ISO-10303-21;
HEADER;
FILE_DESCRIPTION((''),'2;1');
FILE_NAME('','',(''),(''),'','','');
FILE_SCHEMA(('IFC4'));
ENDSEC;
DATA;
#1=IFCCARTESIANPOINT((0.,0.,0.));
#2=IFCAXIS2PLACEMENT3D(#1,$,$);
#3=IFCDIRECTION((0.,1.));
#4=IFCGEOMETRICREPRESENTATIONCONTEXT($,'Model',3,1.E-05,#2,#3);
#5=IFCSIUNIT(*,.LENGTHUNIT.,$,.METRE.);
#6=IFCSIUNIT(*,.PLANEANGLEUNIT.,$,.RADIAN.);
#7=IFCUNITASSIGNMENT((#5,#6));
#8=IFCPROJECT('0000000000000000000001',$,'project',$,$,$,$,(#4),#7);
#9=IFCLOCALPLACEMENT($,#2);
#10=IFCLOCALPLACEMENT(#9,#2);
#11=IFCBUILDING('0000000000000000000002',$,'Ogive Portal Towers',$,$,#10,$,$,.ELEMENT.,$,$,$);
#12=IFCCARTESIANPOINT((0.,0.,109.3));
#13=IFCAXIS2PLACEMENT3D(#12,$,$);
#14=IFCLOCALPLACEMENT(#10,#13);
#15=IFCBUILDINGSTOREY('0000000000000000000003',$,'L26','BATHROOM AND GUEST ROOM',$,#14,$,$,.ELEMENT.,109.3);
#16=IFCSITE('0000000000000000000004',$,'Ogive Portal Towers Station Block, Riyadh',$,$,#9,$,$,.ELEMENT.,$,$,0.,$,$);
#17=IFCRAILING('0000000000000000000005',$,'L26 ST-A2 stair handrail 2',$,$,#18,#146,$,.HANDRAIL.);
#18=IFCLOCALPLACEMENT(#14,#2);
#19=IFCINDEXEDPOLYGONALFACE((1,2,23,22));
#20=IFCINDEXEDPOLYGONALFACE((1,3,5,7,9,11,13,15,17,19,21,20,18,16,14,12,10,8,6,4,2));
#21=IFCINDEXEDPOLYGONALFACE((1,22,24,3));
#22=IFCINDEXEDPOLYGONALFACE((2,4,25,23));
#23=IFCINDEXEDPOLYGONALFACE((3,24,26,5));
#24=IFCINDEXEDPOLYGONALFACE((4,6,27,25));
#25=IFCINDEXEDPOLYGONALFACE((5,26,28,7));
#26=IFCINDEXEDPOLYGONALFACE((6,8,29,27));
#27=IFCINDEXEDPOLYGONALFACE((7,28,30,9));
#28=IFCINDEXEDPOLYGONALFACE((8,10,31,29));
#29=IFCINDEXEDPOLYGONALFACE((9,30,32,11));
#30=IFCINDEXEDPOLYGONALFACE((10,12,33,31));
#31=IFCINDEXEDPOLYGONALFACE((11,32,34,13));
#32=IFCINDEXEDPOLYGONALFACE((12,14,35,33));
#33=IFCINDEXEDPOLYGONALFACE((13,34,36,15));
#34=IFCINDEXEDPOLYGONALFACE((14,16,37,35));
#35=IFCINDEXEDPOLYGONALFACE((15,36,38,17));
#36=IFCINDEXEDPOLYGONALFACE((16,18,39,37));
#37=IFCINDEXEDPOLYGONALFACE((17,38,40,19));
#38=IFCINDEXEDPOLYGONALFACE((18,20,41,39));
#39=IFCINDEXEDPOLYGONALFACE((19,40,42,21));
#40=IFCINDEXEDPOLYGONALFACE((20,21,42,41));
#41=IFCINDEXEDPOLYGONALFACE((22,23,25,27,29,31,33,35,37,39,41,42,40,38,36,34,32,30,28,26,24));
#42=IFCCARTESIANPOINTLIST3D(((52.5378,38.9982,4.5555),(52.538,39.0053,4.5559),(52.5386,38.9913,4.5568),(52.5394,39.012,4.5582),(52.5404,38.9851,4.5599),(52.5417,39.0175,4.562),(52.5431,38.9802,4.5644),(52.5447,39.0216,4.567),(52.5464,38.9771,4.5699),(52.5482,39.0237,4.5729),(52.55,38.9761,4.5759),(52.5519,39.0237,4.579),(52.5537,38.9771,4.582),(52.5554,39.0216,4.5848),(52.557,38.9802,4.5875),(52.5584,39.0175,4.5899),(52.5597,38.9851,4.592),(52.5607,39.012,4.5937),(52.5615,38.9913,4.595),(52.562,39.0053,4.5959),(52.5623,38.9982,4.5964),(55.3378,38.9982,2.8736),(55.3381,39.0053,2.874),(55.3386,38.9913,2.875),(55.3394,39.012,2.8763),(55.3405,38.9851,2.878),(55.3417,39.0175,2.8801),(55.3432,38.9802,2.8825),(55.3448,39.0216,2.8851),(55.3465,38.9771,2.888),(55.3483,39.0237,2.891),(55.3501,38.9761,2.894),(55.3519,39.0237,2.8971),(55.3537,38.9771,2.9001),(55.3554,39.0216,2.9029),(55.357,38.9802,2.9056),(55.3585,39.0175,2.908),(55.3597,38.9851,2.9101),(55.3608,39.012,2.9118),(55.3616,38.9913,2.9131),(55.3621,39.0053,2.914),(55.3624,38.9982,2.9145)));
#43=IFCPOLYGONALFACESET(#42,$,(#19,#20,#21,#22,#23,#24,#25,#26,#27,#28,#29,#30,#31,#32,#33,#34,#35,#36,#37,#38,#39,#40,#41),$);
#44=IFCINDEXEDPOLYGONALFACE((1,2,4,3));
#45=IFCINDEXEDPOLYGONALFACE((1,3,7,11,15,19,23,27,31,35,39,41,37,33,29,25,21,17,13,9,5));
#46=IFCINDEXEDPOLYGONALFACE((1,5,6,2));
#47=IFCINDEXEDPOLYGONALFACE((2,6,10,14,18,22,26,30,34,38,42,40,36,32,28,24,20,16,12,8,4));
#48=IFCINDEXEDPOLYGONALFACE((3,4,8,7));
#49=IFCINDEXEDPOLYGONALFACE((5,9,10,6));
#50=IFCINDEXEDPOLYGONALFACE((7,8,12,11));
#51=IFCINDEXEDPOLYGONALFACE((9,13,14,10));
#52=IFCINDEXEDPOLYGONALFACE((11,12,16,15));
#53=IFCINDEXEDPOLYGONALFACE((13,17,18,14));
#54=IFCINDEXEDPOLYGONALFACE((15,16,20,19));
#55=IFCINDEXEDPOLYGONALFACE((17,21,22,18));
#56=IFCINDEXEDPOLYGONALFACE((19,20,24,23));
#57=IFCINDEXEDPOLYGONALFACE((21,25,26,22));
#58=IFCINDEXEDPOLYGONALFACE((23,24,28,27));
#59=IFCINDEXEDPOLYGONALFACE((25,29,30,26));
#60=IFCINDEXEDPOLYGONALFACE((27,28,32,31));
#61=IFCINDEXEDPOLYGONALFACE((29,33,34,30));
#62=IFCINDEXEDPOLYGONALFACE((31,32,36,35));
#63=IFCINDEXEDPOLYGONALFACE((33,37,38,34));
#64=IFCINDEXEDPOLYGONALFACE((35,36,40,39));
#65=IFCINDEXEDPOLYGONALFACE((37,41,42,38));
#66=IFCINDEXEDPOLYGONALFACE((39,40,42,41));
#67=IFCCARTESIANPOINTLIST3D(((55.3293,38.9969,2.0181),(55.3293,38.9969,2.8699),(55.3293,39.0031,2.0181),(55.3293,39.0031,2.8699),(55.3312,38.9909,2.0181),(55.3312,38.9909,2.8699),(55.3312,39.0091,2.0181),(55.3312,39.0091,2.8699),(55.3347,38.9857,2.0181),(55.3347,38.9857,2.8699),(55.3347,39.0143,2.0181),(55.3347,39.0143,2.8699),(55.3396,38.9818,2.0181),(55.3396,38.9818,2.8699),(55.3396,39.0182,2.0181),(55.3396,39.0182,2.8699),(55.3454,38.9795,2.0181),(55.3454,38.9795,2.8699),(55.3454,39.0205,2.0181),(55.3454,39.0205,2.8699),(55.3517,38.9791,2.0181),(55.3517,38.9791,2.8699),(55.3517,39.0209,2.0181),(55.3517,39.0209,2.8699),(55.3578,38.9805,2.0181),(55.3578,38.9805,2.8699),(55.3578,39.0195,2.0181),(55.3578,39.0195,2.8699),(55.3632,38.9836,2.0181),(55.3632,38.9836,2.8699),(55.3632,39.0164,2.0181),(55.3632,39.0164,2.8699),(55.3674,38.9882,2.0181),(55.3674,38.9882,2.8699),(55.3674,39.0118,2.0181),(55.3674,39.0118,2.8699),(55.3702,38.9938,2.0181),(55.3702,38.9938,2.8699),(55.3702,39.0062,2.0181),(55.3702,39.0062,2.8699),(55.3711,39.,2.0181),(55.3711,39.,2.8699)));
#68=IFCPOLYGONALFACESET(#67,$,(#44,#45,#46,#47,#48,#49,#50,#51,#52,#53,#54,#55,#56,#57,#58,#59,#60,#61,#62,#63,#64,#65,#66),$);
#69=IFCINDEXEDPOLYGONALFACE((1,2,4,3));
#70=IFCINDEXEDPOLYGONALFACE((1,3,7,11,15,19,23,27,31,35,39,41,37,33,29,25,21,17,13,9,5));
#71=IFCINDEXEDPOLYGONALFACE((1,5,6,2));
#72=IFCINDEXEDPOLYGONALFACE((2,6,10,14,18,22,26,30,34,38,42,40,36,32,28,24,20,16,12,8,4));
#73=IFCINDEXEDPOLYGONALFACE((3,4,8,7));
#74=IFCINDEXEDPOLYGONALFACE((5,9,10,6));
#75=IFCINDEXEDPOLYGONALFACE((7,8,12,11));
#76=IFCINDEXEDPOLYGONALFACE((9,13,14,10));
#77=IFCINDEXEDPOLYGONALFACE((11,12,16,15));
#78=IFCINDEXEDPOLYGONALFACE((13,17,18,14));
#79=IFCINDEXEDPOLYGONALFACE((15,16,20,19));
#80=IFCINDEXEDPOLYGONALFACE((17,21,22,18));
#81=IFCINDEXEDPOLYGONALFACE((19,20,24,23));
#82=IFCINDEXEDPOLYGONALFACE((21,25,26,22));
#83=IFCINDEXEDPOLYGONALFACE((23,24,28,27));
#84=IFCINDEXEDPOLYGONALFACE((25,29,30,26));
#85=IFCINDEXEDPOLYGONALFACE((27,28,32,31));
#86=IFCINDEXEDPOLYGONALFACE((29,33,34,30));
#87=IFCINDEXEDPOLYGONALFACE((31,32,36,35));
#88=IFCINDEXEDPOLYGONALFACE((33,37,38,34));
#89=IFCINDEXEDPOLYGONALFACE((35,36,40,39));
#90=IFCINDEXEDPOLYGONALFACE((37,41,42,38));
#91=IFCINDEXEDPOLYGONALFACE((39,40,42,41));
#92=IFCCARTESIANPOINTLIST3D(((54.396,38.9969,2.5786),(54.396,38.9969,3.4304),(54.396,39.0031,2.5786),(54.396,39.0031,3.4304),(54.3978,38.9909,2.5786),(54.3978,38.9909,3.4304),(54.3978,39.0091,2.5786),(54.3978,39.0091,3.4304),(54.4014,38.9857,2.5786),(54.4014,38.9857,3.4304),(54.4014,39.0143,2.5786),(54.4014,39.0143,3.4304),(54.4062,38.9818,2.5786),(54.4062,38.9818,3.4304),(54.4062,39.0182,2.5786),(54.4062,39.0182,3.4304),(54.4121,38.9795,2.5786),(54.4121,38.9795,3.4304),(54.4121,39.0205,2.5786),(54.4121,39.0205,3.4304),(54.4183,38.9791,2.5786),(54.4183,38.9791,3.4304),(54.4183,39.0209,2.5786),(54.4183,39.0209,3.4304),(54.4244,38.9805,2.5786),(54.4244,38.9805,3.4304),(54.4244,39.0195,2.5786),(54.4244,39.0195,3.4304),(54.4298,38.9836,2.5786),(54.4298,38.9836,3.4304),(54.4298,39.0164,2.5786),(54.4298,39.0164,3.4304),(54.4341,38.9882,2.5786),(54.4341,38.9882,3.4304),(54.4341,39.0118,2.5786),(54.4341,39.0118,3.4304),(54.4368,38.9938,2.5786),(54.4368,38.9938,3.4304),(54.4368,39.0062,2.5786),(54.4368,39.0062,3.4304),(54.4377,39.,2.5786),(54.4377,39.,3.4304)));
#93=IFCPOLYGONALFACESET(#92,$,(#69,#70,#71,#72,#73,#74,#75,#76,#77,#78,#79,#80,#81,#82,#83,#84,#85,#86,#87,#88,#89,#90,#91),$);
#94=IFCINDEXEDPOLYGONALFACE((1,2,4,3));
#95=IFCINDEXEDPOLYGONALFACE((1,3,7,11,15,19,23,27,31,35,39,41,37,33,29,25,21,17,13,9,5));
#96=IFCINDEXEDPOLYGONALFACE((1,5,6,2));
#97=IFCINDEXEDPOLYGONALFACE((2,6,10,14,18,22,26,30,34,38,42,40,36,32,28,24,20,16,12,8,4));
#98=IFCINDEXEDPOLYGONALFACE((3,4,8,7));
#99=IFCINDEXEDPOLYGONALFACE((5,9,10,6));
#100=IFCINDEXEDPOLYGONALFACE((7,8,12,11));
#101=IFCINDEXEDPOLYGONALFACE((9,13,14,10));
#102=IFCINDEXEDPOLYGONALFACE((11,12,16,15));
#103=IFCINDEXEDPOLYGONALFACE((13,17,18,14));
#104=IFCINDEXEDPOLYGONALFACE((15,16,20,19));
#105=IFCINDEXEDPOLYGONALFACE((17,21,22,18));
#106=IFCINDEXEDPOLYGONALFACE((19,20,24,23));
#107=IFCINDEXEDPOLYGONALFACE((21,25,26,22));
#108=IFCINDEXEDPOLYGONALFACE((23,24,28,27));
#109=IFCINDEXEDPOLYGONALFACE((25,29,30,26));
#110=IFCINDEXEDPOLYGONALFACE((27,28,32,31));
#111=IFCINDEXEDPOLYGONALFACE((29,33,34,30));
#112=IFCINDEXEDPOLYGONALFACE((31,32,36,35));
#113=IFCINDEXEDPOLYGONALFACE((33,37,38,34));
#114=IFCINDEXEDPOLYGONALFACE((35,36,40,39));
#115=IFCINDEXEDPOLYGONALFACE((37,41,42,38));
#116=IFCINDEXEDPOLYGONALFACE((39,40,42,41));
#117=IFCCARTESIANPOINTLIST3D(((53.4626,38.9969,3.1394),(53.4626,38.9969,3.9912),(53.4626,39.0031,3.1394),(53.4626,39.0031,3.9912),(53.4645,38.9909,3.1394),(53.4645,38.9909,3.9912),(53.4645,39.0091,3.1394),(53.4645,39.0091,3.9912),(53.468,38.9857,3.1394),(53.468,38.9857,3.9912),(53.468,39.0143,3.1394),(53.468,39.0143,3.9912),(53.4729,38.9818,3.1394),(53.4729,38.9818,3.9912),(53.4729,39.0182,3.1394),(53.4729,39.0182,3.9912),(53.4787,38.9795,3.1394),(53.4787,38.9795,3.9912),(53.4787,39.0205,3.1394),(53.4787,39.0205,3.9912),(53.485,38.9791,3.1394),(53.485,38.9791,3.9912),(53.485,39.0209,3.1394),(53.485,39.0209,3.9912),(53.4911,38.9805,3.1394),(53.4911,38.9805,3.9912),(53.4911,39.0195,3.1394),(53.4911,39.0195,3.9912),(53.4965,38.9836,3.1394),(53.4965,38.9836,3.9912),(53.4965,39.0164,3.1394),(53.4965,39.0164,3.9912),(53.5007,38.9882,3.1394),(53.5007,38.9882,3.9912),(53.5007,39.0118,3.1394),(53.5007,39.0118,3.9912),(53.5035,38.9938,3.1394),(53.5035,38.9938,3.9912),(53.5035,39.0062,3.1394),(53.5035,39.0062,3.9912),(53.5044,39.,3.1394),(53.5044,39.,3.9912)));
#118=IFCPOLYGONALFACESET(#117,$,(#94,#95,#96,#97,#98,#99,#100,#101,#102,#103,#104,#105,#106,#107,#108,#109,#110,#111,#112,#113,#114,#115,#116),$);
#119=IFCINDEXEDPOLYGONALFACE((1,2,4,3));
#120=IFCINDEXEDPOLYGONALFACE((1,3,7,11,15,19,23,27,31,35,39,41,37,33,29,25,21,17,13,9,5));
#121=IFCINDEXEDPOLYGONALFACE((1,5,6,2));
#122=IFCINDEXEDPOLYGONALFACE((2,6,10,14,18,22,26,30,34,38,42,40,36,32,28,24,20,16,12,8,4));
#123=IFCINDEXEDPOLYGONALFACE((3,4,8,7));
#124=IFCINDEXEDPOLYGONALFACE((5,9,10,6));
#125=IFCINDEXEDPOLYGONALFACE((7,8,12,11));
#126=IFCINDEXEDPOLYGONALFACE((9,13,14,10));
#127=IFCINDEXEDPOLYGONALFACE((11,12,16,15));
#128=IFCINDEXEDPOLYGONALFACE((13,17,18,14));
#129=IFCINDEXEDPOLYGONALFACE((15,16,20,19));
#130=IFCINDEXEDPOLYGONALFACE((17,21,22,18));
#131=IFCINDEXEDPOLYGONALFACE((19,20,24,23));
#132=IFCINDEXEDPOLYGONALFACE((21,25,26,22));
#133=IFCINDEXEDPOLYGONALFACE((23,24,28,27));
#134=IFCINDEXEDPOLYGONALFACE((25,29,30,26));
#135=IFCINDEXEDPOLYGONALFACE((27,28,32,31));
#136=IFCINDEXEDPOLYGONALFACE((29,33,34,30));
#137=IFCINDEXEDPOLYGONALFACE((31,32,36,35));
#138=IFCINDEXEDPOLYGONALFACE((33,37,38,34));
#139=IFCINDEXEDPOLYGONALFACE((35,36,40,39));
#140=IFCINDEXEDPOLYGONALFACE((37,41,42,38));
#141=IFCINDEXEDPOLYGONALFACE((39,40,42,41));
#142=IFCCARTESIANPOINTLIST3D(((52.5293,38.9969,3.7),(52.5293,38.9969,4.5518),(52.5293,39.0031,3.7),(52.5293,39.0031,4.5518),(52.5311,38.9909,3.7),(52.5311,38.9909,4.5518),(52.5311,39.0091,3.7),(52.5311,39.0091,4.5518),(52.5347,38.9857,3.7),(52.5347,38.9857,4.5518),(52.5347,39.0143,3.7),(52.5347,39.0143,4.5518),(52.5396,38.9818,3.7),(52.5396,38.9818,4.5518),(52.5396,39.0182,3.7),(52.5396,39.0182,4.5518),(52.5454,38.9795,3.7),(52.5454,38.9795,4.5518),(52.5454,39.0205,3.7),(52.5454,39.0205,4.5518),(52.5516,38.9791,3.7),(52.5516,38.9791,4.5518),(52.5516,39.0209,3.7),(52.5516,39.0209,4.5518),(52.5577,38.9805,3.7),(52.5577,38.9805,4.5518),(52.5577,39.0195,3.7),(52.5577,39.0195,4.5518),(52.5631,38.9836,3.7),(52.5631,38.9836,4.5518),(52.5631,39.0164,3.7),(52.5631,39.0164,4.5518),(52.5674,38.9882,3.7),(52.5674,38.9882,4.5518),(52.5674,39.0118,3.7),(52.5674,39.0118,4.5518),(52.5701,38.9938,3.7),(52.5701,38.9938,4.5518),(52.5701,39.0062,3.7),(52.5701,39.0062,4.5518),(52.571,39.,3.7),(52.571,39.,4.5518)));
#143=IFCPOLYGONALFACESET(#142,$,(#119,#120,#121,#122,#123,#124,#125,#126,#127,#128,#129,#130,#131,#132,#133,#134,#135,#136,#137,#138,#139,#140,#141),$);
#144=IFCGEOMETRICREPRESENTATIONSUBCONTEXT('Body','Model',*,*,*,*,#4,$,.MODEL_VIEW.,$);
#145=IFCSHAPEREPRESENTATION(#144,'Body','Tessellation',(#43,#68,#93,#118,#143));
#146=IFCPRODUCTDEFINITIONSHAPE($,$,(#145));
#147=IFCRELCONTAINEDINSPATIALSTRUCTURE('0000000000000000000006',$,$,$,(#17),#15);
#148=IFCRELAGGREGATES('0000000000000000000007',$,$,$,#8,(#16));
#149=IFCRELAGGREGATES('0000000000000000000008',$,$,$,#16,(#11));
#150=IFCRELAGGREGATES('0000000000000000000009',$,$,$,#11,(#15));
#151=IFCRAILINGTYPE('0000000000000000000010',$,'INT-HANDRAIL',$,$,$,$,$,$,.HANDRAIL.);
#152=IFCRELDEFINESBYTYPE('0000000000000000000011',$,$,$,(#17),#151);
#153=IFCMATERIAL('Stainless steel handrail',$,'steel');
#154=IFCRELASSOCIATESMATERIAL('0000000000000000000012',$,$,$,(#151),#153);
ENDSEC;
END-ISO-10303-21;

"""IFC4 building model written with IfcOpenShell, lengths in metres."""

from ifc_helpers import new_model, si_unit, direction, frame, origin, origin_2d, place, context, subcontext, project, spatial, circle, extrude, material, type_object, element, save


model = new_model("IFC4")

# Units and contexts
model_context = context("Model", 3, precision=1e-05, world=origin(), true_north=direction((0.0, 1.0)))
body_context = subcontext(model_context, "Body", "Model", "MODEL_VIEW")
ifc_project = project(units=[si_unit("LENGTHUNIT", "METRE"), si_unit("PLANEANGLEUNIT", "RADIAN")], contexts=[model_context])

# Site, building, storey
site_placement = place(None, origin())
site = spatial("IfcSite", under=ifc_project, at=site_placement, Name="Ogive Portal Towers Station Block, Riyadh", CompositionType="ELEMENT", RefElevation=0.0)
building_placement = place(site_placement, origin())
building = spatial("IfcBuilding", under=site, at=building_placement, Name="Ogive Portal Towers", CompositionType="ELEMENT")
storey_placement = place(building_placement, frame((0.0, 0.0, 109.3)))
storey = spatial("IfcBuildingStorey", under=building, at=storey_placement, Name="L26", Description="BATHROOM AND GUEST ROOM", CompositionType="ELEMENT", Elevation=109.3)

# Railing
ifc_material_1 = material(Name="Stainless steel handrail", Category="steel")
railing_type_1 = type_object("IfcRailingType", Name="INT-HANDRAIL", PredefinedType="HANDRAIL", material=ifc_material_1)
railing_1_placement = place(storey_placement, frame((55.3501, 39.0, 2.0181)))
element("IfcRailing", 1, at=railing_1_placement, inside=storey, type_object=railing_type_1, Name="L26 ST-A2 stair handrail 2", PredefinedType="HANDRAIL", context=body_context, shape_type="SweptSolid", body=[
    extrude(circle(Radius=0.0239, at=origin_2d()), frame((0.0, 0.0, 0.876), z_axis=(-0.857242, 0.0, 0.514913), x_axis=(0.0, -1.0, 0.0)), (0.0, 0.0, 1.0), 3.2664),
    extrude(circle(Radius=0.021, at=origin_2d()), origin(), (0.0, 0.0, 1.0), 0.8518),
    extrude(circle(Radius=0.021, at=origin_2d()), frame((-0.9333, 0.0, 0.5605)), (0.0, 0.0, 1.0), 0.8518),
    extrude(circle(Radius=0.021, at=origin_2d()), frame((-1.8667, 0.0, 1.1213)), (0.0, 0.0, 1.0), 0.8518),
    extrude(circle(Radius=0.021, at=origin_2d()), frame((-2.8, 0.0, 1.6819)), (0.0, 0.0, 1.0), 0.8518),
])

save(model, "model.ifc")
